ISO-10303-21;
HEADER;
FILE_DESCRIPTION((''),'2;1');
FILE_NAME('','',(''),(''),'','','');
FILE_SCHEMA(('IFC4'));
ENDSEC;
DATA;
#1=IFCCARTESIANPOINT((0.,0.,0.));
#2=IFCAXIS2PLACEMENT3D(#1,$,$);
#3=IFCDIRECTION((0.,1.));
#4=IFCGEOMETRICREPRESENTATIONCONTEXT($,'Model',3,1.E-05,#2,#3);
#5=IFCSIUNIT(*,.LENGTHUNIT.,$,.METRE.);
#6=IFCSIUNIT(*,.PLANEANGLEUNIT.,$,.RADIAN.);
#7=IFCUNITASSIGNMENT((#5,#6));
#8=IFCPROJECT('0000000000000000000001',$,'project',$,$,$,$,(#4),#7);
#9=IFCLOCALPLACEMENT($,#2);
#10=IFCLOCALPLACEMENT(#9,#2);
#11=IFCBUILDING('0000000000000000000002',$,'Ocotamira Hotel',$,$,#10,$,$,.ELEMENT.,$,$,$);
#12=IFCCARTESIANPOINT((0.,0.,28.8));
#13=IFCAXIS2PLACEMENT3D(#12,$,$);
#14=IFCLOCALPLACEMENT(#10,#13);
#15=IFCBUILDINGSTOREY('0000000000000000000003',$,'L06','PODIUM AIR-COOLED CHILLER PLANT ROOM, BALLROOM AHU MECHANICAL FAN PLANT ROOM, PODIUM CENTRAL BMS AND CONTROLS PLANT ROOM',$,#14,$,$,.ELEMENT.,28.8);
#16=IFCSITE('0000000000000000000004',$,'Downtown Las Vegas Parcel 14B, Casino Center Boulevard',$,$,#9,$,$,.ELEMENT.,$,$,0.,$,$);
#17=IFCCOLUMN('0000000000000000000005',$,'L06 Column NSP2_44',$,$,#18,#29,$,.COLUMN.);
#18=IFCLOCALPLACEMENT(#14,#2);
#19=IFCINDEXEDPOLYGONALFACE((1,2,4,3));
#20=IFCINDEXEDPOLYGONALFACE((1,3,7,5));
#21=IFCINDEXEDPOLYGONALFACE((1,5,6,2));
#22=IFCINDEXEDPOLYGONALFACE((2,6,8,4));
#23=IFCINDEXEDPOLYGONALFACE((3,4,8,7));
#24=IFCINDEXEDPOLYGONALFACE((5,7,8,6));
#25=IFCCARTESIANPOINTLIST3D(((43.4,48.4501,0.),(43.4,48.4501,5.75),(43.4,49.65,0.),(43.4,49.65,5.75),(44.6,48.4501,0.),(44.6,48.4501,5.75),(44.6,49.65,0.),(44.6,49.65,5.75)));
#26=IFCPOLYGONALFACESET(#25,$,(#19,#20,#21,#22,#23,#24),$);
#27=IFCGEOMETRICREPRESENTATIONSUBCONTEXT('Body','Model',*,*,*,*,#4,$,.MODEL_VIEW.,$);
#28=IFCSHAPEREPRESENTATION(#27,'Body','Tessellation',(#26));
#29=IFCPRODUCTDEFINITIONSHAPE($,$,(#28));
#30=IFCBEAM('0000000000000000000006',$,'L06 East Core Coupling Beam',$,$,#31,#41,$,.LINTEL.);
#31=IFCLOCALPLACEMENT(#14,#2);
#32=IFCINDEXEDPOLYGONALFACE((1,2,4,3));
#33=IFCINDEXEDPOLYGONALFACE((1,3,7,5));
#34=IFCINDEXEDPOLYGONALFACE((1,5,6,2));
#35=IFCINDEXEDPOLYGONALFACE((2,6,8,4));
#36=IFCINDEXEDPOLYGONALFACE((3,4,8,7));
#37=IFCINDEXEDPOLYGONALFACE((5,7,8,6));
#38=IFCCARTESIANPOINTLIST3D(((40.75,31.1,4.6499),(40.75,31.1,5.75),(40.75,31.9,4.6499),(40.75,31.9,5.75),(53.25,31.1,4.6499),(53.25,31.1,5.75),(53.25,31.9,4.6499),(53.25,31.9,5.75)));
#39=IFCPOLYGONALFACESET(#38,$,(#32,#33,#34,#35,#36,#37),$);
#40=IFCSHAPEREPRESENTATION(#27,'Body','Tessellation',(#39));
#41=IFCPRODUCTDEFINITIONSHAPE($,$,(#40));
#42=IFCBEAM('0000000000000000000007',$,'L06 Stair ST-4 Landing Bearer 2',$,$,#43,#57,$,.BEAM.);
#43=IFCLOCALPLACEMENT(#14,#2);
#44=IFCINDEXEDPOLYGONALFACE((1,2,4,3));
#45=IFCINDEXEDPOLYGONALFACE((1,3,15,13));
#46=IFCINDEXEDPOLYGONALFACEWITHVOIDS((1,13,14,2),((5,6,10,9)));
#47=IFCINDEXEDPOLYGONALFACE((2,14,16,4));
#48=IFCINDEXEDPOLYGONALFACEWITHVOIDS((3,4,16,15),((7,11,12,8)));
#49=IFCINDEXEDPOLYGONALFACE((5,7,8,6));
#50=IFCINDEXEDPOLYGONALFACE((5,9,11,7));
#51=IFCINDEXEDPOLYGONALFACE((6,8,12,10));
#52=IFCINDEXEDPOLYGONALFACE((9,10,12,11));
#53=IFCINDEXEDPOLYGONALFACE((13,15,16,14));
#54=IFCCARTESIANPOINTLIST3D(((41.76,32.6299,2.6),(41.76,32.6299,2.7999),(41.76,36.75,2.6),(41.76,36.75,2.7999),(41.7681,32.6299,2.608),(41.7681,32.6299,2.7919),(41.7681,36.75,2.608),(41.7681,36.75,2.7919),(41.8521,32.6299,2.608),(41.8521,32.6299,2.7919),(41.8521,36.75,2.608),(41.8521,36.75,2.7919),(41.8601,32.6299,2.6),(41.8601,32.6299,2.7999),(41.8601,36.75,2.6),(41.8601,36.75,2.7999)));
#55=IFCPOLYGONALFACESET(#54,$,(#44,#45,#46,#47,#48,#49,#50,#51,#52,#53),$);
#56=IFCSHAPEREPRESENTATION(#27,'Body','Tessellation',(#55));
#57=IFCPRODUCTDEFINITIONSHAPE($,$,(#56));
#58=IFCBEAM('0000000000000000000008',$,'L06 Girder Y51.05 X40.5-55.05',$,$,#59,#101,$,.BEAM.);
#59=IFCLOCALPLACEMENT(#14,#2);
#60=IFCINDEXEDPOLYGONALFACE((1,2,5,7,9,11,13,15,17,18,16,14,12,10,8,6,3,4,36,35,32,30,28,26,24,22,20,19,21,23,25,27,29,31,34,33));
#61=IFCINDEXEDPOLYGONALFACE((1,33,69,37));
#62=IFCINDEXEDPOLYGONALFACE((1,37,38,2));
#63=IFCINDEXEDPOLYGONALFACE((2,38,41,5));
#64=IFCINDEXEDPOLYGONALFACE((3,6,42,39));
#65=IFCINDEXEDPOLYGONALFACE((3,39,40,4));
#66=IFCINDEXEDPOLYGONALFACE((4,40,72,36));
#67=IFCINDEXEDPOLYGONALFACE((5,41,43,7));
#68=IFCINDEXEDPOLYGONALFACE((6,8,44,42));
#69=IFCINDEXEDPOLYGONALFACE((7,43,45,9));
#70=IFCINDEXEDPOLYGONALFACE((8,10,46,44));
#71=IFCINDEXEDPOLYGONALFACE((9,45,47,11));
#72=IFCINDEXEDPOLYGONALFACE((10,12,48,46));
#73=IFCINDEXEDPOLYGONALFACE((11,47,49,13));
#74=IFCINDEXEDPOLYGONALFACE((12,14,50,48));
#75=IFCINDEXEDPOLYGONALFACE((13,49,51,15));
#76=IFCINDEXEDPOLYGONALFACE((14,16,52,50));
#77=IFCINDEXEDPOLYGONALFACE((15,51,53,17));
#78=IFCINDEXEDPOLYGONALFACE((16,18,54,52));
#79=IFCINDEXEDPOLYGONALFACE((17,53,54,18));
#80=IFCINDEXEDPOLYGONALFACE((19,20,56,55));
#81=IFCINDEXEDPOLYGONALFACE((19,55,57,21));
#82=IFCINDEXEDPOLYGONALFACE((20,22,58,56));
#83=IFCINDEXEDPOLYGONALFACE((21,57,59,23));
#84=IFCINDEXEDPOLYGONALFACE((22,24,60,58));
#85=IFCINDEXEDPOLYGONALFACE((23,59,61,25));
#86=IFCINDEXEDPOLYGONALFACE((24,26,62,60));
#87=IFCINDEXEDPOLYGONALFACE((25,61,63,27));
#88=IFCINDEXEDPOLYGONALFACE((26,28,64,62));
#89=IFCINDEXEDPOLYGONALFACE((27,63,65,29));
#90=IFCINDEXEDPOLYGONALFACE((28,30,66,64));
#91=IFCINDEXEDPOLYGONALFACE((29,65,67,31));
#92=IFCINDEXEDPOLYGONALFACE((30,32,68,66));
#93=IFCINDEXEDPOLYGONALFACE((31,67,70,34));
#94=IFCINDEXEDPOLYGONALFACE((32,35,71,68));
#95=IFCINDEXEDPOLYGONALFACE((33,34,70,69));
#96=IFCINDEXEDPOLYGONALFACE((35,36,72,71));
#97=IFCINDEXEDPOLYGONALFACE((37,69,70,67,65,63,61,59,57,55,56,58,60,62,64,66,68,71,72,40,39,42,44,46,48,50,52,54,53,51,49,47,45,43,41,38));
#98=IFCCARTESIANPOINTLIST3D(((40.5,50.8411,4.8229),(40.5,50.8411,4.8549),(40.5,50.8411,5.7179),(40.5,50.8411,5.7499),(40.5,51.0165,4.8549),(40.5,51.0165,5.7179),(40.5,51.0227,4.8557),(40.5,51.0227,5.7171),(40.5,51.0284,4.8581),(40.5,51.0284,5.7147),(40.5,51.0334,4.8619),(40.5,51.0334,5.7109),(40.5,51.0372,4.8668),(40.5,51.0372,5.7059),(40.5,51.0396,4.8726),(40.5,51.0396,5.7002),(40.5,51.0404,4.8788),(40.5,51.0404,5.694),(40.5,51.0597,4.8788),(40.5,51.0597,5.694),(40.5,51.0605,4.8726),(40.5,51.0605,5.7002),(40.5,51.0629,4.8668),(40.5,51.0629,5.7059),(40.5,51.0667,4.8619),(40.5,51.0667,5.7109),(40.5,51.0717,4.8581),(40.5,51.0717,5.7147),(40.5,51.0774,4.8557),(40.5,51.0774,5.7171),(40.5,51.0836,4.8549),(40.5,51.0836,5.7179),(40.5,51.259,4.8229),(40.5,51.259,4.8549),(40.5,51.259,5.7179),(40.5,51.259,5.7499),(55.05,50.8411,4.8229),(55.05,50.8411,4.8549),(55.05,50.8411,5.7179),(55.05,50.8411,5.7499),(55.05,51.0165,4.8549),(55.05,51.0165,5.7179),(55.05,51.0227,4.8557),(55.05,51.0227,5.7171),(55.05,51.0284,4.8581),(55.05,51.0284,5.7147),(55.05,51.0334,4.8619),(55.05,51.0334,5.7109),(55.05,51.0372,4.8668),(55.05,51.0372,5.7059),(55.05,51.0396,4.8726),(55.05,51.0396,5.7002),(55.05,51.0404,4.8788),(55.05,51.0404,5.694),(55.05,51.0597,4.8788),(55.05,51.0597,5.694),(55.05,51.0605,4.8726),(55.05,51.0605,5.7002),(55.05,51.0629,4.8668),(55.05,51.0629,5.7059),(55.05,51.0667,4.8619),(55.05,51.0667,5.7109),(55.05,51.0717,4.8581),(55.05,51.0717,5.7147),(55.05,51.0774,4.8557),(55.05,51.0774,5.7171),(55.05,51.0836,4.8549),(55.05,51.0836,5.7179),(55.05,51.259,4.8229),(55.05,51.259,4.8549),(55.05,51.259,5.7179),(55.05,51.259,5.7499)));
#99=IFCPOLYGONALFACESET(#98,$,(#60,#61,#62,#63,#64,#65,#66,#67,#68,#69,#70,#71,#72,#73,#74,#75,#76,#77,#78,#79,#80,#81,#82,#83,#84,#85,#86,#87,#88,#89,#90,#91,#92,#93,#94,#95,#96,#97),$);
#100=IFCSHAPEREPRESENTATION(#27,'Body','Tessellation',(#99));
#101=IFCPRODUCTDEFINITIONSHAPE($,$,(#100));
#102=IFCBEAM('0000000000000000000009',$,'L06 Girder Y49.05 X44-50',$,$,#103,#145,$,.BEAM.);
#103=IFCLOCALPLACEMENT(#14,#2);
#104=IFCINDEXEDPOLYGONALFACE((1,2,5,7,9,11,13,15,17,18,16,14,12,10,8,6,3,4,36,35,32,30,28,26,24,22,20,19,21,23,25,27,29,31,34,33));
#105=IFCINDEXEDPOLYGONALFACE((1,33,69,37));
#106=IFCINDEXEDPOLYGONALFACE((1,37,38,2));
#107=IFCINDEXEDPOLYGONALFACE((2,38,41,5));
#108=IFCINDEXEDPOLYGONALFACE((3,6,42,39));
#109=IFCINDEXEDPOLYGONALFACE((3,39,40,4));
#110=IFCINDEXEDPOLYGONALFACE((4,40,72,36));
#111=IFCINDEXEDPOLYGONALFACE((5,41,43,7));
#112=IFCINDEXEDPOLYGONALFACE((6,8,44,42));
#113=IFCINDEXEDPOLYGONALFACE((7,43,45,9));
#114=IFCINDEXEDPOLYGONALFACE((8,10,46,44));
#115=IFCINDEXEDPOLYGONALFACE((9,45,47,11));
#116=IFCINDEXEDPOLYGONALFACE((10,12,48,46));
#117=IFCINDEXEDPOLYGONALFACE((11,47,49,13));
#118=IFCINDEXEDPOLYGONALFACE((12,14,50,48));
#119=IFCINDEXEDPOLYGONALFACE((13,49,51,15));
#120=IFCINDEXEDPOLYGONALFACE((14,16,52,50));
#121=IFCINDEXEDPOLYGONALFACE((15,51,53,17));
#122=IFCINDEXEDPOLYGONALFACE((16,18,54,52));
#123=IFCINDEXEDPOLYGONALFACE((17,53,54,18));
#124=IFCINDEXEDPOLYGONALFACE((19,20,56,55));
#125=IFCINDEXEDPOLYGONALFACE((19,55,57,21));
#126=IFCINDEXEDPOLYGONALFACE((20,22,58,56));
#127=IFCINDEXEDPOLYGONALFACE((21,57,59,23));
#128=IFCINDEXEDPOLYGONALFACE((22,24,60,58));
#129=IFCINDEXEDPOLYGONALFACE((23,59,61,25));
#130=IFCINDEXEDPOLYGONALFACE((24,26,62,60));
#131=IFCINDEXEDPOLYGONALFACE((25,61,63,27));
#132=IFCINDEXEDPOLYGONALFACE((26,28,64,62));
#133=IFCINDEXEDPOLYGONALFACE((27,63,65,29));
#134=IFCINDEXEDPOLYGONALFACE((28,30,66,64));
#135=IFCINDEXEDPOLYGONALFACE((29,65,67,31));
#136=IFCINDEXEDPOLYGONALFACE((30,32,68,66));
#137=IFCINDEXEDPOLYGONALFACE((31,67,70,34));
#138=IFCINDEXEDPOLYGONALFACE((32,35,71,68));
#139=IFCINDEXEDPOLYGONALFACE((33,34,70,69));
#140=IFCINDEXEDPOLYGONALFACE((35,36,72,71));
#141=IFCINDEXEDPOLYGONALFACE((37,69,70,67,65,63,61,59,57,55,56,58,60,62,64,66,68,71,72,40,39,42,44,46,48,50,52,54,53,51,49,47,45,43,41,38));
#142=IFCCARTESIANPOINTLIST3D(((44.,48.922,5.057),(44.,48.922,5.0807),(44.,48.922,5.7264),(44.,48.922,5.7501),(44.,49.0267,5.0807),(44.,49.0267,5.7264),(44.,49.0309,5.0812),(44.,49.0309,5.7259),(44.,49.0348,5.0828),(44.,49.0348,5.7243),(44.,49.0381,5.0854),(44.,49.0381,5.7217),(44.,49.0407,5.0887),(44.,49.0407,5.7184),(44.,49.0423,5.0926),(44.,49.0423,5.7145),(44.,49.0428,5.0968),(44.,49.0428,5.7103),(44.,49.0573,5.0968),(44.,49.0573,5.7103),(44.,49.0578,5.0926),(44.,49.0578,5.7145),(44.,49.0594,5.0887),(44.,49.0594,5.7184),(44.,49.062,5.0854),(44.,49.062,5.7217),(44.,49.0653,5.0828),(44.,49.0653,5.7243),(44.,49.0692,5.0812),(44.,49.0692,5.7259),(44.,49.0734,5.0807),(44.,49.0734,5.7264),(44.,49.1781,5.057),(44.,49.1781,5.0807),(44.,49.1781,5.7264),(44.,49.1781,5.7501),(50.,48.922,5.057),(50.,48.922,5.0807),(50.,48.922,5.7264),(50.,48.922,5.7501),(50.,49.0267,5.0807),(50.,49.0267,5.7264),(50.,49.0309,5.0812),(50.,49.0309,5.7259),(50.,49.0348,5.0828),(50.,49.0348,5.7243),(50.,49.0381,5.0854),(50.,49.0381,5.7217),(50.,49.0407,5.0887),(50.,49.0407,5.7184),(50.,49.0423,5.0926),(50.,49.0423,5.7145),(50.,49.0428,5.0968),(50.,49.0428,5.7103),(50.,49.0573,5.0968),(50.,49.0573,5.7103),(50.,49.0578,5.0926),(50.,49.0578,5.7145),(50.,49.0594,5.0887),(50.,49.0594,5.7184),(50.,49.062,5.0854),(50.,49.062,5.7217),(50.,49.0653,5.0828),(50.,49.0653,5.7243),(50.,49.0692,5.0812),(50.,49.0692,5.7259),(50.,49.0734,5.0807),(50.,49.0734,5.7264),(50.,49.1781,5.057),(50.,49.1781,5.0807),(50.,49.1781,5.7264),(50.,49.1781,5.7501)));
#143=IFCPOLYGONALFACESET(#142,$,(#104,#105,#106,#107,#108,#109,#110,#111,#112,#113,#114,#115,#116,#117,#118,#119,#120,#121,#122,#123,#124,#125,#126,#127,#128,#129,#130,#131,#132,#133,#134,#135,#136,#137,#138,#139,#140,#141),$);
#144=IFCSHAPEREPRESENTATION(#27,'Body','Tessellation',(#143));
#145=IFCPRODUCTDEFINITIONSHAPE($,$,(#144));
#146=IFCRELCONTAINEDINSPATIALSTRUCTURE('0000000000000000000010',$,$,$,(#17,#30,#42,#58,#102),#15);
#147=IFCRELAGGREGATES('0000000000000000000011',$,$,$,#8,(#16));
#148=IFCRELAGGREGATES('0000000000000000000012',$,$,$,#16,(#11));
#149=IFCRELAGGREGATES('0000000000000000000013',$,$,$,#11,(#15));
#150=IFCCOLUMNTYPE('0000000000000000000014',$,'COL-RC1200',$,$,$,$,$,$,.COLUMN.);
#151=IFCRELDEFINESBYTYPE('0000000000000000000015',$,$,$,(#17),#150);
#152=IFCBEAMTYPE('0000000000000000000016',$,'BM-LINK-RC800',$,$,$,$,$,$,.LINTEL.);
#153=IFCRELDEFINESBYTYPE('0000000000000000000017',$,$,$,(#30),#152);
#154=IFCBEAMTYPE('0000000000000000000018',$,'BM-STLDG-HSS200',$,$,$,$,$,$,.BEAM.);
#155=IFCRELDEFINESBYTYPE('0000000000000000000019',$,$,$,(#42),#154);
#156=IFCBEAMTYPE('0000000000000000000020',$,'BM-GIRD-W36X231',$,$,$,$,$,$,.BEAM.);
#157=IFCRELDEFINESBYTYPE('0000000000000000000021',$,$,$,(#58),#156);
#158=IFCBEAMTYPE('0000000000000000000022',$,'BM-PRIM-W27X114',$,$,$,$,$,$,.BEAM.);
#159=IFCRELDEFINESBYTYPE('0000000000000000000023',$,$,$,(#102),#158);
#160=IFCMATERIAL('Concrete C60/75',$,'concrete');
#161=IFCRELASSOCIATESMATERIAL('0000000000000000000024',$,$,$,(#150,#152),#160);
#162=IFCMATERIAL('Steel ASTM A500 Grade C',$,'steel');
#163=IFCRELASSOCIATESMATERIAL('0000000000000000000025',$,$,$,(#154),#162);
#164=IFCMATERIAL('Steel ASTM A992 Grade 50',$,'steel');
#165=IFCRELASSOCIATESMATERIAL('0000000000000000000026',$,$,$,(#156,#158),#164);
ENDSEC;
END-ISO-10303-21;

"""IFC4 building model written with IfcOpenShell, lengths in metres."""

from ifc_helpers import new_model, si_unit, direction, frame, origin, origin_2d, place, context, subcontext, project, spatial, rectangle, hollow_rectangle, i_section, extrude, source, transform, mapped, material, material_profile, profile_set, type_object, element, save


model = new_model("IFC4")

# Units and contexts
model_context = context("Model", 3, precision=1e-05, world=origin(), true_north=direction((0.0, 1.0)))
body_context = subcontext(model_context, "Body", "Model", "MODEL_VIEW")
ifc_project = project(units=[si_unit("LENGTHUNIT", "METRE"), si_unit("PLANEANGLEUNIT", "RADIAN")], contexts=[model_context])

# Site, building, storey
site_placement = place(None, origin())
site = spatial("IfcSite", under=ifc_project, at=site_placement, Name="Downtown Las Vegas Parcel 14B, Casino Center Boulevard", CompositionType="ELEMENT", RefElevation=0.0)
building_placement = place(site_placement, origin())
building = spatial("IfcBuilding", under=site, at=building_placement, Name="Ocotamira Hotel", CompositionType="ELEMENT")
storey_placement = place(building_placement, frame((0.0, 0.0, 28.8)))
storey = spatial("IfcBuildingStorey", under=building, at=storey_placement, Name="L06", Description="PODIUM AIR-COOLED CHILLER PLANT ROOM, BALLROOM AHU MECHANICAL FAN PLANT ROOM, PODIUM CENTRAL BMS AND CONTROLS PLANT ROOM", CompositionType="ELEMENT", Elevation=28.8)

# Column
ifc_material_1 = material(Name="Concrete C60/75", Category="concrete")
ifc_material_profile_1 = material_profile(ifc_material_1, rectangle(XDim=1.2, YDim=1.2, at=origin_2d()), Name="RC1200X1200")
ifc_profile_set_1 = profile_set([ifc_material_profile_1], Name="Concrete C60/75")
column_type = type_object("IfcColumnType", Name="COL-RC1200", PredefinedType="COLUMN", material=ifc_profile_set_1)
shared_shape_1 = source(origin(), body_context, "Body", "SweptSolid", [
    extrude(rectangle(XDim=1.2, YDim=1.2, at=origin_2d()), origin(), (0.0, 0.0, 1.0), 5.75),
])
column_placement = place(storey_placement, frame((44.0, 49.05, 0.0), z_axis=(0.0, 0.0, 1.0), x_axis=(1.0, 0.0, 0.0)))
element("IfcColumn", 1, at=column_placement, inside=storey, type_object=column_type, Name="L06 Column NSP2_44", PredefinedType="COLUMN", context=body_context, shape_type="MappedRepresentation", body=[
    mapped(shared_shape_1, transform((0.0, 0.0, 0.0), scale=1.0)),
])

# Beams
ifc_material_profile_2 = material_profile(ifc_material_1, rectangle(XDim=0.8, YDim=1.1001, at=origin_2d()), Name="RC800X1100")
ifc_profile_set_2 = profile_set([ifc_material_profile_2], Name="Concrete C60/75")
beam_type_1 = type_object("IfcBeamType", Name="BM-LINK-RC800", PredefinedType="LINTEL", material=ifc_profile_set_2)
shared_shape_2 = source(origin(), body_context, "Body", "SweptSolid", [
    extrude(rectangle(XDim=0.8, YDim=1.1001, at=origin_2d()), origin(), (0.0, 0.0, 1.0), 12.5),
])
beam_1_placement = place(storey_placement, frame((40.75, 31.5, 5.2), z_axis=(1.0, 0.0, 0.0), x_axis=(0.0, 1.0, 0.0)))
element("IfcBeam", 2, at=beam_1_placement, inside=storey, type_object=beam_type_1, Name="L06 East Core Coupling Beam", PredefinedType="LINTEL", context=body_context, shape_type="MappedRepresentation", body=[
    mapped(shared_shape_2, transform((0.0, 0.0, 0.0), scale=1.0)),
])
ifc_material_2 = material(Name="Steel ASTM A500 Grade C", Category="steel")
ifc_material_profile_3 = material_profile(ifc_material_2, hollow_rectangle(XDim=0.1001, YDim=0.2, WallThickness=0.0081, at=origin_2d()), Name="HSS200X100X8")
ifc_profile_set_3 = profile_set([ifc_material_profile_3], Name="Steel ASTM A500 Grade C")
beam_type_2 = type_object("IfcBeamType", Name="BM-STLDG-HSS200", PredefinedType="BEAM", material=ifc_profile_set_3)
shared_shape_3 = source(origin(), body_context, "Body", "SweptSolid", [
    extrude(hollow_rectangle(XDim=0.1001, YDim=0.2, WallThickness=0.0081, at=origin_2d()), origin(), (0.0, 0.0, 1.0), 4.1201),
])
beam_2_placement = place(storey_placement, frame((41.8101, 32.6299, 2.7), z_axis=(0.0, 1.0, 0.0), x_axis=(-1.0, 0.0, 0.0)))
element("IfcBeam", 3, at=beam_2_placement, inside=storey, type_object=beam_type_2, Name="L06 Stair ST-4 Landing Bearer 2", PredefinedType="BEAM", context=body_context, shape_type="MappedRepresentation", body=[
    mapped(shared_shape_3, transform((0.0, 0.0, 0.0), scale=1.0)),
])
ifc_material_3 = material(Name="Steel ASTM A992 Grade 50", Category="steel")
ifc_material_profile_4 = material_profile(ifc_material_3, i_section(OverallWidth=0.418, OverallDepth=0.927, WebThickness=0.0193, FlangeThickness=0.032, FilletRadius=0.0239, at=origin_2d()), Name="W36X231")
ifc_profile_set_4 = profile_set([ifc_material_profile_4], Name="Steel ASTM A992 Grade 50")
beam_type_3 = type_object("IfcBeamType", Name="BM-GIRD-W36X231", PredefinedType="BEAM", material=ifc_profile_set_4)
shared_shape_4 = source(origin(), body_context, "Body", "SweptSolid", [
    extrude(i_section(OverallWidth=0.418, OverallDepth=0.927, WebThickness=0.0193, FlangeThickness=0.032, FilletRadius=0.0239, at=origin_2d()), origin(), (0.0, 0.0, 1.0), 14.55),
])
beam_3_placement = place(storey_placement, frame((40.5, 51.05, 5.2864), z_axis=(1.0, 0.0, 0.0), x_axis=(0.0, 1.0, 0.0)))
element("IfcBeam", 4, at=beam_3_placement, inside=storey, type_object=beam_type_3, Name="L06 Girder Y51.05 X40.5-55.05", PredefinedType="BEAM", context=body_context, shape_type="MappedRepresentation", body=[
    mapped(shared_shape_4, transform((0.0, 0.0, 0.0), scale=1.0)),
])
ifc_material_profile_5 = material_profile(ifc_material_3, i_section(OverallWidth=0.2561, OverallDepth=0.6931, WebThickness=0.0144, FlangeThickness=0.0237, FilletRadius=0.0161, at=origin_2d()), Name="W27X114")
ifc_profile_set_5 = profile_set([ifc_material_profile_5], Name="Steel ASTM A992 Grade 50")
beam_type_4 = type_object("IfcBeamType", Name="BM-PRIM-W27X114", PredefinedType="BEAM", material=ifc_profile_set_5)
shared_shape_5 = source(origin(), body_context, "Body", "SweptSolid", [
    extrude(i_section(OverallWidth=0.2561, OverallDepth=0.6931, WebThickness=0.0144, FlangeThickness=0.0237, FilletRadius=0.0161, at=origin_2d()), origin(), (0.0, 0.0, 1.0), 6.0),
])
beam_4_placement = place(storey_placement, frame((44.0, 49.05, 5.4036), z_axis=(1.0, 0.0, 0.0), x_axis=(0.0, 1.0, 0.0)))
element("IfcBeam", 5, at=beam_4_placement, inside=storey, type_object=beam_type_4, Name="L06 Girder Y49.05 X44-50", PredefinedType="BEAM", context=body_context, shape_type="MappedRepresentation", body=[
    mapped(shared_shape_5, transform((0.0, 0.0, 0.0), scale=1.0)),
])

save(model, "model.ifc")
